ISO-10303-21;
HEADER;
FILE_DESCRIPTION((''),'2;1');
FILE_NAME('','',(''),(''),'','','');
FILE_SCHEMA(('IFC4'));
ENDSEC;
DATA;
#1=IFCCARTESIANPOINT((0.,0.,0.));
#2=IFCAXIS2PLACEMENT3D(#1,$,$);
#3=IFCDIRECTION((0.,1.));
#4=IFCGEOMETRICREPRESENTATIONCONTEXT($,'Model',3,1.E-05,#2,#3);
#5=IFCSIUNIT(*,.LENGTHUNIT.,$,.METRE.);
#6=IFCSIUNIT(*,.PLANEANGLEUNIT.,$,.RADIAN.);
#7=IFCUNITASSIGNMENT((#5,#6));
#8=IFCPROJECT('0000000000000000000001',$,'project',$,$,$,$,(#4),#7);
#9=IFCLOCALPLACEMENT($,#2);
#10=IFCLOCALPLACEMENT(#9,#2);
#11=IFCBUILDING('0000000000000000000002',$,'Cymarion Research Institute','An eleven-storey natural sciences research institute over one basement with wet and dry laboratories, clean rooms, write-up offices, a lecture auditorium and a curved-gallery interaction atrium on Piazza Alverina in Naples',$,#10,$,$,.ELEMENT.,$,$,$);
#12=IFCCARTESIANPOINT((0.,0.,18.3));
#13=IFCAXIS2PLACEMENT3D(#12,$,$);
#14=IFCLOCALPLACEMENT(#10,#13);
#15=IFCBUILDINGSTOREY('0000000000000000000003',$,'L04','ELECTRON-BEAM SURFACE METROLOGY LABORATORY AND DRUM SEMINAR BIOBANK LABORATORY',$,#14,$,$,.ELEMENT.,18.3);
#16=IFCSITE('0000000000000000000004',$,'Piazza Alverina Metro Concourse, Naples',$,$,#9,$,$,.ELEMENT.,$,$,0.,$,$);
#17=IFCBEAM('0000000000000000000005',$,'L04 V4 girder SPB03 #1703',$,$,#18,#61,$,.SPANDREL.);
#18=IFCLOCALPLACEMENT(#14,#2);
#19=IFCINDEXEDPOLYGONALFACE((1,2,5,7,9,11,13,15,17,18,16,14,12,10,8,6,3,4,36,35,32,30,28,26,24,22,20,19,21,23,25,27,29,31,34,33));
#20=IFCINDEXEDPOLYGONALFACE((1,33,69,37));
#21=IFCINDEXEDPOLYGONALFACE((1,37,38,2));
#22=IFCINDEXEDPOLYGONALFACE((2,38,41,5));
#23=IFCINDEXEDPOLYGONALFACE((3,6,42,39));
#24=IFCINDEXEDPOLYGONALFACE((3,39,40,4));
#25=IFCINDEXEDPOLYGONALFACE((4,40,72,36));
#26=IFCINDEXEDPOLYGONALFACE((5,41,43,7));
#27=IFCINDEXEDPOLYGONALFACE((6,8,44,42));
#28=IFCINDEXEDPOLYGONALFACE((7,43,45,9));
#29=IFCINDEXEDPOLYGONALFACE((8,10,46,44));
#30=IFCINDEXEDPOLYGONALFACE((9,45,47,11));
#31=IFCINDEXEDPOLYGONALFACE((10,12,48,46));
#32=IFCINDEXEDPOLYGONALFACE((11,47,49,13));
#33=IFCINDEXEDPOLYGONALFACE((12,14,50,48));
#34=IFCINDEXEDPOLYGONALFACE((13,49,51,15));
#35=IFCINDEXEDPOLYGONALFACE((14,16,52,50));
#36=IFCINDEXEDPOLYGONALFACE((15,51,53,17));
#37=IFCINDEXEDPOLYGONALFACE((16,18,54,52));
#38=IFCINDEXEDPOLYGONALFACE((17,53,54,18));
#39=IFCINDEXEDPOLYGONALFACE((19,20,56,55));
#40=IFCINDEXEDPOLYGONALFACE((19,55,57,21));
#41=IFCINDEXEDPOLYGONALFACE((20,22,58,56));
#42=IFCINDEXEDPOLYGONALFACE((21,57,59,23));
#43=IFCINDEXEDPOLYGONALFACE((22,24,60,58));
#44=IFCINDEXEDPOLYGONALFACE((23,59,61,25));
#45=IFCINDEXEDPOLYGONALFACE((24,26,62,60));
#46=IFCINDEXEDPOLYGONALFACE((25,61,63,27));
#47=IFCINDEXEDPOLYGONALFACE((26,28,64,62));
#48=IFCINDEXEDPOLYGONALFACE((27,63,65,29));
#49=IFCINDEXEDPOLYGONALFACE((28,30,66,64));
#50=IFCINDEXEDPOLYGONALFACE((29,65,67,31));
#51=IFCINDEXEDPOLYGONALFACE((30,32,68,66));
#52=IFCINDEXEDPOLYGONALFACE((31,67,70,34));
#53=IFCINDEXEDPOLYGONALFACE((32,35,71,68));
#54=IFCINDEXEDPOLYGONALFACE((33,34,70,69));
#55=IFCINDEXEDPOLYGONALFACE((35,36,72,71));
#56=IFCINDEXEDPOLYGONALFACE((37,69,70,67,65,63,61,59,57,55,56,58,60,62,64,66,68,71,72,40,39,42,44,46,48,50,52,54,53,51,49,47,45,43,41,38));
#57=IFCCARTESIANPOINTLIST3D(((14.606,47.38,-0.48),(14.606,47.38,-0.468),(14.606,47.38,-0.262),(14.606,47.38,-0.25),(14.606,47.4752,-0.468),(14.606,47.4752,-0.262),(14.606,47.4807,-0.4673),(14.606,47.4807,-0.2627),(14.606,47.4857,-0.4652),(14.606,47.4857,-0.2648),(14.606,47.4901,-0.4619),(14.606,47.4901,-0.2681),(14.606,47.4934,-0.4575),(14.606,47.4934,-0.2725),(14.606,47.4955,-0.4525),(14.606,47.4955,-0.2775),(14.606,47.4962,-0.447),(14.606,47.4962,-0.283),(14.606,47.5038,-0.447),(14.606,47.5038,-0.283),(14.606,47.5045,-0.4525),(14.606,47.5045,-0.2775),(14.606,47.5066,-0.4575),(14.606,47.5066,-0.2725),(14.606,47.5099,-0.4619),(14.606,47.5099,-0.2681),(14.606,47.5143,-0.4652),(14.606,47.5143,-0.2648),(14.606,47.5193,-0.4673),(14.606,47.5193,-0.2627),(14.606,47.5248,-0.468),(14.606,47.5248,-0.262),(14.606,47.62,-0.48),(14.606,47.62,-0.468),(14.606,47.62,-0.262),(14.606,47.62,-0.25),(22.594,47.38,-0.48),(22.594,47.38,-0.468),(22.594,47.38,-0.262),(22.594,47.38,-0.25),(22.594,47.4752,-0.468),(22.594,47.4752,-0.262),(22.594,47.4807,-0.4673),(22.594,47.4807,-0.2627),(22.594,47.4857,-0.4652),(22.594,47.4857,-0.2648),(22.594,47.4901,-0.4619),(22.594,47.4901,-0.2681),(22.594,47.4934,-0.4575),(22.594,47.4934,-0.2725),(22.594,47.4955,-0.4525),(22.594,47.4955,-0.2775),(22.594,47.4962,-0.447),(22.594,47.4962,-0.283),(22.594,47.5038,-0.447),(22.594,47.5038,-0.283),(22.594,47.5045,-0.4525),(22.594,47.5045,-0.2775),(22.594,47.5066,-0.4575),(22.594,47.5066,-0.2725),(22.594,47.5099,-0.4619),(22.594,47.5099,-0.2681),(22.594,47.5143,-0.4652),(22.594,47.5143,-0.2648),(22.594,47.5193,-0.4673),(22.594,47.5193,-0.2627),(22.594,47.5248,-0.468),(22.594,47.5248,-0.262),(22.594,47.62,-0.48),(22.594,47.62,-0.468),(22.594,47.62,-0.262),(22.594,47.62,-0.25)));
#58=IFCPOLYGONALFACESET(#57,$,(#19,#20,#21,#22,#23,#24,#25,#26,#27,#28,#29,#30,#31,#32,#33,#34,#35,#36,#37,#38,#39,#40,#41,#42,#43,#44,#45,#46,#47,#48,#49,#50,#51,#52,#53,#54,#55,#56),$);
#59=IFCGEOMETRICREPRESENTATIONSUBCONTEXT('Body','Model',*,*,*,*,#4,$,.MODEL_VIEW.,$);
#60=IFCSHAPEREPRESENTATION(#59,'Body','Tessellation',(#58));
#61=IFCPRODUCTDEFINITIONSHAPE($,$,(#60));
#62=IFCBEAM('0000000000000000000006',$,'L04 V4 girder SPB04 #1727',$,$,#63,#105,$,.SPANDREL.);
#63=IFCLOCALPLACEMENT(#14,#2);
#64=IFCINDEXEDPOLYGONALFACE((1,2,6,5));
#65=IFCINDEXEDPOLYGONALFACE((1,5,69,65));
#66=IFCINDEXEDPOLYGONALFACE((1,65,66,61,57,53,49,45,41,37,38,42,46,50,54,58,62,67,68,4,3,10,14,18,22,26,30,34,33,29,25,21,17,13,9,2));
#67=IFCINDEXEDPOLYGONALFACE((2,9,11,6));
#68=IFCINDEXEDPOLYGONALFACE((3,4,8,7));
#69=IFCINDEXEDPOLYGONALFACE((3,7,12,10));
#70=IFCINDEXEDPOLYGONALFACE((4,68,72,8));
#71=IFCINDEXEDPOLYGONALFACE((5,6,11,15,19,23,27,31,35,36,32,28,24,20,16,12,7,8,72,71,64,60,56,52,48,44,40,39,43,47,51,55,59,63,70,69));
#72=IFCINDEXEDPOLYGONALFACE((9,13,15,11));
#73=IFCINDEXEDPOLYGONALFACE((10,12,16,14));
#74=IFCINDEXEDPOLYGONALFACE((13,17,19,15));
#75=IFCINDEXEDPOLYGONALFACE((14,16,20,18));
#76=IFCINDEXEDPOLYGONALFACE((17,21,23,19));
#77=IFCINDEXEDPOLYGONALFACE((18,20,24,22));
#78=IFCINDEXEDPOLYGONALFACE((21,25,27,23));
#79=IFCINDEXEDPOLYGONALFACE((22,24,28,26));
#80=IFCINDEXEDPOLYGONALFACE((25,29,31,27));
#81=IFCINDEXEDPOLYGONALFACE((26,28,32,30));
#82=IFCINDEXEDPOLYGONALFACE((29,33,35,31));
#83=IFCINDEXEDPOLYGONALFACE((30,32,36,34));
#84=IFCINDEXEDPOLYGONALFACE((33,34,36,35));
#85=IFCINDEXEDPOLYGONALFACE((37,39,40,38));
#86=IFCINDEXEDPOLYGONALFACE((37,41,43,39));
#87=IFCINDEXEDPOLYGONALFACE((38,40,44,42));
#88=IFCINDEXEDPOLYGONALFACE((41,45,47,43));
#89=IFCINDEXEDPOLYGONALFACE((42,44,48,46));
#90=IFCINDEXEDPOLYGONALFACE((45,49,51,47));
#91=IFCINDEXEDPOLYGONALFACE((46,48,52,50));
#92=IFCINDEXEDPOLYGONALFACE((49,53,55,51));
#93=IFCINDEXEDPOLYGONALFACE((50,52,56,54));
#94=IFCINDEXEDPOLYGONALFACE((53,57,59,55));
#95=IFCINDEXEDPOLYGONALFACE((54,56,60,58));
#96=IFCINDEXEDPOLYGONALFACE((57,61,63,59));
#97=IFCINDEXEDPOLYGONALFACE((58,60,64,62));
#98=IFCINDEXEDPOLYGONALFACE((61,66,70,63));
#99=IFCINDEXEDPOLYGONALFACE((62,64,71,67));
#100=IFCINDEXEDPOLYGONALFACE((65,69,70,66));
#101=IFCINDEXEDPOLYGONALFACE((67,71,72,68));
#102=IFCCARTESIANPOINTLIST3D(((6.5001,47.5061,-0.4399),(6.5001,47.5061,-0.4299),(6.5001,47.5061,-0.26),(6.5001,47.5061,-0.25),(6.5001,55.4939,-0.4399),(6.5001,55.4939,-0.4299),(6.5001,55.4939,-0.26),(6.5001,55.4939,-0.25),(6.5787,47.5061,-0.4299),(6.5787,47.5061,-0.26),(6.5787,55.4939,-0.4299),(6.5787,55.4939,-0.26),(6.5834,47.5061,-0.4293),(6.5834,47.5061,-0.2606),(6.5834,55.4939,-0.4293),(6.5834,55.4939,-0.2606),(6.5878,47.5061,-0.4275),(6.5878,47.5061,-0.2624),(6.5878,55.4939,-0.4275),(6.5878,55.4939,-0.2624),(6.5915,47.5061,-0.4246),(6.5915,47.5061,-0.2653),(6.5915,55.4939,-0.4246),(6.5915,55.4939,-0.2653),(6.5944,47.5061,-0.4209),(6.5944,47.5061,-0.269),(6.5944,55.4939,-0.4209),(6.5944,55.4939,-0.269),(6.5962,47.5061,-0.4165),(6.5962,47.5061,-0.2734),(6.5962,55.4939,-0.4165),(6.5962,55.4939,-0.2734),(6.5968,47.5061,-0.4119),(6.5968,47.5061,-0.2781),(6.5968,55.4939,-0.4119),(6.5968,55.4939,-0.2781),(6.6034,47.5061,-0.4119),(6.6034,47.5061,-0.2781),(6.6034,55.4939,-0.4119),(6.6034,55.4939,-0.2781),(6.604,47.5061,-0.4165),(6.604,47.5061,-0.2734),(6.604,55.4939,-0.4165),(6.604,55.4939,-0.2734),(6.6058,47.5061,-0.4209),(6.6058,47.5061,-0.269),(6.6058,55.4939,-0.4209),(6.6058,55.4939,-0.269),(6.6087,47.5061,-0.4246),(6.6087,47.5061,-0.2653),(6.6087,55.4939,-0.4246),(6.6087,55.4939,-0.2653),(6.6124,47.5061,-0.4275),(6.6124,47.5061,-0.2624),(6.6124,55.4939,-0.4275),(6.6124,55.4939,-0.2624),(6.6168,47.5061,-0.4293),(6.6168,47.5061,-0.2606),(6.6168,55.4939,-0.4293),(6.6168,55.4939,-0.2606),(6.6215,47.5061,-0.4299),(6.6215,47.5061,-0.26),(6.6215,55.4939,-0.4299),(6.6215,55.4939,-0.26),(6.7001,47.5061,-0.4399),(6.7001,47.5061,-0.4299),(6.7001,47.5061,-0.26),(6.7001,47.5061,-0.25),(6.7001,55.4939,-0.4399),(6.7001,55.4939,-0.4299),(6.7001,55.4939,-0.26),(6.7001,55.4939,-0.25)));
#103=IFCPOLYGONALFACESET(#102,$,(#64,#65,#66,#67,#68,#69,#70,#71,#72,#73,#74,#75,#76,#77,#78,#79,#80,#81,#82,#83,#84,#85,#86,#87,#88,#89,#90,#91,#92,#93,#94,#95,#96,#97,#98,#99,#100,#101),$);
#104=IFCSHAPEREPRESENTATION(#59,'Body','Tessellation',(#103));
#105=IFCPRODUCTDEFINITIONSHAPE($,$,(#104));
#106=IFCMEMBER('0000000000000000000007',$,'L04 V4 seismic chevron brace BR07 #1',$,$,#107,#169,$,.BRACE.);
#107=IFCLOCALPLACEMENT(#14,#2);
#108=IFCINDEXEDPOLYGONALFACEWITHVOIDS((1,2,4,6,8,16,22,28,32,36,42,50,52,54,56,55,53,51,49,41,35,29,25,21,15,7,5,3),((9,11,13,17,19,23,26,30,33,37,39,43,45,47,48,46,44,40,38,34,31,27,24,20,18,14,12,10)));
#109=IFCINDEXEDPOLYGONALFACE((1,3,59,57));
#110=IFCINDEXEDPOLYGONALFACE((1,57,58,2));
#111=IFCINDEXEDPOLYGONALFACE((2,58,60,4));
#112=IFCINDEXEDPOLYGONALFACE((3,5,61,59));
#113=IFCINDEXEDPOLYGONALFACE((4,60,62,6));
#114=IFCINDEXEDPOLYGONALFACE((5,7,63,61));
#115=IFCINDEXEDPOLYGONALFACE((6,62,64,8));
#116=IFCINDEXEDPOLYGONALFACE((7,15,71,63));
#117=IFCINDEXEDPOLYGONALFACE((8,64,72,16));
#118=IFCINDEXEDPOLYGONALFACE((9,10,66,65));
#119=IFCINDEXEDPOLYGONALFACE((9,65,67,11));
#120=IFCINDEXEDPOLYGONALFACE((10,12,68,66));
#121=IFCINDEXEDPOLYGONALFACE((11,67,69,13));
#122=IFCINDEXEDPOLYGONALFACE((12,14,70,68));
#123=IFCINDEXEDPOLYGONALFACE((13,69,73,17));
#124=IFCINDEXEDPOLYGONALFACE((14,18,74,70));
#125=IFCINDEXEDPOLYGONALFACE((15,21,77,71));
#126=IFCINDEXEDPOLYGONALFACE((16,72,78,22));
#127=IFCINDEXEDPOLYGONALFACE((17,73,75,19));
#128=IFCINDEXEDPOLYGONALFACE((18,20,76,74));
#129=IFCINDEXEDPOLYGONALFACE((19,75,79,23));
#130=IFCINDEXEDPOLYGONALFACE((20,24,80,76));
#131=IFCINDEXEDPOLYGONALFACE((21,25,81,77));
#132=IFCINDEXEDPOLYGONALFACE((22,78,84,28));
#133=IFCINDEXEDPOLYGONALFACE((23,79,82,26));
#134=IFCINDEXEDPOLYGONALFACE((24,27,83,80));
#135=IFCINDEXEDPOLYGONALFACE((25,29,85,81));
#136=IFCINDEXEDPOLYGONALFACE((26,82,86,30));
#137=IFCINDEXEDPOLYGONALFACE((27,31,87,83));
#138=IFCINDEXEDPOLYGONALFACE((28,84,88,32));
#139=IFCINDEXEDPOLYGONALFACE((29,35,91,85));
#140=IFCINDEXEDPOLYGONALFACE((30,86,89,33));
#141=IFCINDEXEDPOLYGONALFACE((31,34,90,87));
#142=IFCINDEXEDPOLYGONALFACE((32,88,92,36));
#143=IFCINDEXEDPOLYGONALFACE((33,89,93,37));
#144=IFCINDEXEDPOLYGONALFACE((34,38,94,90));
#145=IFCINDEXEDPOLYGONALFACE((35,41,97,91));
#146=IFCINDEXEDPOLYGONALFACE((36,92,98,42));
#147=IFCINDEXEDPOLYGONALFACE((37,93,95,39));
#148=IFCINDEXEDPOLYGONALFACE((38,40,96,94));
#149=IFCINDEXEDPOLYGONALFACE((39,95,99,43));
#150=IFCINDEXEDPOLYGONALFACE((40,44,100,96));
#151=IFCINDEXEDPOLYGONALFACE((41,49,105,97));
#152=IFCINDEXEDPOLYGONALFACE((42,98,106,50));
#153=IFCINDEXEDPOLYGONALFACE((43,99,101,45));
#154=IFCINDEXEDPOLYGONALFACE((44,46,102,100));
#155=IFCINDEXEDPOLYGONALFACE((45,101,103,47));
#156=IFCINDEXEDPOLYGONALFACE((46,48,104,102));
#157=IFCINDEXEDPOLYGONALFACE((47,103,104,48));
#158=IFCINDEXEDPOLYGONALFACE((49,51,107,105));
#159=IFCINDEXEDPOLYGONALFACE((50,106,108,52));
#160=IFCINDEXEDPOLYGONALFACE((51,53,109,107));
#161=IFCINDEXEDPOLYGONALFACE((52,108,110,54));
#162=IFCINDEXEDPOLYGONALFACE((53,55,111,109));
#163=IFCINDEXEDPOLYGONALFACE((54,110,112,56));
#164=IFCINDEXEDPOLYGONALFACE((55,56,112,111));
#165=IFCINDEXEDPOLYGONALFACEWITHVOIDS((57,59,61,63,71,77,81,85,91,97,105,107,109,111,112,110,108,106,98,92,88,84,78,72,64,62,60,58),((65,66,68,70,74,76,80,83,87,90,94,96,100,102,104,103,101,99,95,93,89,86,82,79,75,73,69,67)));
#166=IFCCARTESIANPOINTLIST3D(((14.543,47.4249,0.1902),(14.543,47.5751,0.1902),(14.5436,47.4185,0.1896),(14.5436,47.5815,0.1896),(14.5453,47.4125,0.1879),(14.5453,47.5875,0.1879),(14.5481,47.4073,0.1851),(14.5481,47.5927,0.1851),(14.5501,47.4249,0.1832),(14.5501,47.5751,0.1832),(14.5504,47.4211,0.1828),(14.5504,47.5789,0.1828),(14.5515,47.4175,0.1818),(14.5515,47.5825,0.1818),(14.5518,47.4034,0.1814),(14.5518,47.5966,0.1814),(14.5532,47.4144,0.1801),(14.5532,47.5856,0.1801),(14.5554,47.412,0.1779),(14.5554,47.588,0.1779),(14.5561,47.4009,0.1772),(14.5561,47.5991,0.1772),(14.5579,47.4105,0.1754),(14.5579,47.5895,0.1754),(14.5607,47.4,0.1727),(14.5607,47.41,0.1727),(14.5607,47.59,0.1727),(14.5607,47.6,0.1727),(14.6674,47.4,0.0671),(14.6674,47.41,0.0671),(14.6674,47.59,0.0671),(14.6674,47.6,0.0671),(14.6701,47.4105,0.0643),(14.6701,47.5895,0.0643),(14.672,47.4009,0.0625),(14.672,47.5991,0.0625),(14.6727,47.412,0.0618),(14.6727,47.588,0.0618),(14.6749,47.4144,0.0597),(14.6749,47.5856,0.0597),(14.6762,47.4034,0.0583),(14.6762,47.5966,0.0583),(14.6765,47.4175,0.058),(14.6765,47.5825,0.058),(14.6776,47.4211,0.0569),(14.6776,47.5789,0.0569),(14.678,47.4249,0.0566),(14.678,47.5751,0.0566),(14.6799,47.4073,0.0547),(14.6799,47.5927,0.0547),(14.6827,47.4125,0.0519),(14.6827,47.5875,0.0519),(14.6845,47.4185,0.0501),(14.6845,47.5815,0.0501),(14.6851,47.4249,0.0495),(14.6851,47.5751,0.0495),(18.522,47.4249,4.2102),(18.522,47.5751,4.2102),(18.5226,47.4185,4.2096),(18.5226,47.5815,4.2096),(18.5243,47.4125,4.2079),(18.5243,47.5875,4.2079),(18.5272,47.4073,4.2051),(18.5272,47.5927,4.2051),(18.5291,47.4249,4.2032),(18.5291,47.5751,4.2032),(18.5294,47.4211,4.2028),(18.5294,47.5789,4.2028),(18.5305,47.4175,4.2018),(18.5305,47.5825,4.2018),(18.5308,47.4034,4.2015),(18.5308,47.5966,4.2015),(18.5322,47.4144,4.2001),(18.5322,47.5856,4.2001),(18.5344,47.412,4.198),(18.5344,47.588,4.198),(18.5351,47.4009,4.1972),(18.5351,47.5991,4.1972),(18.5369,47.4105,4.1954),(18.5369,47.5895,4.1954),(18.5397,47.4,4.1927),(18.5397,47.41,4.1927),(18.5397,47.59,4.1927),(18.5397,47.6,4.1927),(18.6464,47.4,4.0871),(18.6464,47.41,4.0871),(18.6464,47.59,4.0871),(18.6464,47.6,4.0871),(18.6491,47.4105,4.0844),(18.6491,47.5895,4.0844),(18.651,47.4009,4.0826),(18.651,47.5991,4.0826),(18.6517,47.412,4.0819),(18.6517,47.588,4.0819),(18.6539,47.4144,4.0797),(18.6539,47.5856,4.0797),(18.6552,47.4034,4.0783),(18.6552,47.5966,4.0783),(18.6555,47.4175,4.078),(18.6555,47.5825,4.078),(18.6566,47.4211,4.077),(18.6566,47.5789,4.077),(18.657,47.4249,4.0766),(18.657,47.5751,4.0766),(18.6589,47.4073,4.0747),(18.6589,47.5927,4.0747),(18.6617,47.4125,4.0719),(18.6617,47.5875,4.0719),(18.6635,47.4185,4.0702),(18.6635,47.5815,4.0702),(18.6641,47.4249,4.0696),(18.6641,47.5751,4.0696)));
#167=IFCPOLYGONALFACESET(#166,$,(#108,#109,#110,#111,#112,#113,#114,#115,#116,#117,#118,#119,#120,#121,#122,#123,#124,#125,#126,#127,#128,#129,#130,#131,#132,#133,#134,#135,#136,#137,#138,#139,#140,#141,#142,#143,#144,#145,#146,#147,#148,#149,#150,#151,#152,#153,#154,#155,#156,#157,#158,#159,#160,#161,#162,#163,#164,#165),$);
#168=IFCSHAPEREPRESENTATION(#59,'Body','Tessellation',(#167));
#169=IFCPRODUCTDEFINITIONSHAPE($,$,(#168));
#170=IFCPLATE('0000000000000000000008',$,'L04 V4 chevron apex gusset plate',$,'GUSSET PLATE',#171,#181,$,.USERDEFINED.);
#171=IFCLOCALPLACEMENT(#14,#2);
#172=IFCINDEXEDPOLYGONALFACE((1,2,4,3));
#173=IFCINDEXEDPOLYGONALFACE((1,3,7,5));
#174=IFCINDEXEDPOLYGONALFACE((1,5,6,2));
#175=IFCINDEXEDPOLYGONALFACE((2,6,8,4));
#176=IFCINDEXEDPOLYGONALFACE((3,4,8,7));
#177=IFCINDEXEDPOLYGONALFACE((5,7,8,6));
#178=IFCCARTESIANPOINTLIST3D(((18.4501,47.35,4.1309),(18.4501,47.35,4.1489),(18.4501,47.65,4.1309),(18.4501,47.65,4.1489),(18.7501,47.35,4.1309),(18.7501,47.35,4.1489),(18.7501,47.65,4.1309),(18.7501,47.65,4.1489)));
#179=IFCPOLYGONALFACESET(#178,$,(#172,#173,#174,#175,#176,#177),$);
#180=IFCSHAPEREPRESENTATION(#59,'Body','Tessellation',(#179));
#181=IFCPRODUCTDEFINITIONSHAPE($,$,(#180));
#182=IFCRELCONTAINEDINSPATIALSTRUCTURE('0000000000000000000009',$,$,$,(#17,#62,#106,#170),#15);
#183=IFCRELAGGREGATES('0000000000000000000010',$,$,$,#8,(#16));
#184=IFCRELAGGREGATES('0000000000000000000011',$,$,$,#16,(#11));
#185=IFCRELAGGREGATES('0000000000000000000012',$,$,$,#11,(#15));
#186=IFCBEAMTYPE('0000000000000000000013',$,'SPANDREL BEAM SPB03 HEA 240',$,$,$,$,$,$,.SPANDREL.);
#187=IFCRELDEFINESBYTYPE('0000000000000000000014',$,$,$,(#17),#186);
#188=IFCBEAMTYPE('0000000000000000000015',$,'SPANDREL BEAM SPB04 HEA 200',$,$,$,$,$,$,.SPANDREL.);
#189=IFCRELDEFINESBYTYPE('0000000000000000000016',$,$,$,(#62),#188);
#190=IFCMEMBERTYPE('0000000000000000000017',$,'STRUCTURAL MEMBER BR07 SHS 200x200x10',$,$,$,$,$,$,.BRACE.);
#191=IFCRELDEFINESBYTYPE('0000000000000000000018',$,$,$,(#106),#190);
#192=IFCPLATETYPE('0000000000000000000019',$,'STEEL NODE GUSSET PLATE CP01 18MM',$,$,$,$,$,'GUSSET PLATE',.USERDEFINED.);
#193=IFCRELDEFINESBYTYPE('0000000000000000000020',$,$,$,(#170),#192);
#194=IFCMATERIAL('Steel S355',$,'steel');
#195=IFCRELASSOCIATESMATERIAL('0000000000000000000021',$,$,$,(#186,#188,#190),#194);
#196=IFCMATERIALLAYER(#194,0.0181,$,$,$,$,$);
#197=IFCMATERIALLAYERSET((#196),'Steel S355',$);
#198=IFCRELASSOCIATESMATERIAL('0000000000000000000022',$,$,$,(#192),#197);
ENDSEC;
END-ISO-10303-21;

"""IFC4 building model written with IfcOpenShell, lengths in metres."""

from ifc_helpers import new_model, si_unit, direction, frame, origin, origin_2d, place, context, subcontext, project, spatial, rectangle, hollow_rectangle, i_section, extrude, material, layer, layer_set, material_profile, profile_set, type_object, element, save


model = new_model("IFC4")

# Units and contexts
model_context = context("Model", 3, precision=1e-05, world=origin(), true_north=direction((0.0, 1.0)))
body_context = subcontext(model_context, "Body", "Model", "MODEL_VIEW")
ifc_project = project(units=[si_unit("LENGTHUNIT", "METRE"), si_unit("PLANEANGLEUNIT", "RADIAN")], contexts=[model_context])

# Site, building, storey
site_placement = place(None, origin())
site = spatial("IfcSite", under=ifc_project, at=site_placement, Name="Piazza Alverina Metro Concourse, Naples", CompositionType="ELEMENT", RefElevation=0.0)
building_placement = place(site_placement, origin())
building = spatial("IfcBuilding", under=site, at=building_placement, Name="Cymarion Research Institute", Description="An eleven-storey natural sciences research institute over one basement with wet and dry laboratories, clean rooms, write-up offices, a lecture auditorium and a curved-gallery interaction atrium on Piazza Alverina in Naples", CompositionType="ELEMENT")
storey_placement = place(building_placement, frame((0.0, 0.0, 18.3)))
storey = spatial("IfcBuildingStorey", under=building, at=storey_placement, Name="L04", Description="ELECTRON-BEAM SURFACE METROLOGY LABORATORY AND DRUM SEMINAR BIOBANK LABORATORY", CompositionType="ELEMENT", Elevation=18.3)

# Shared definitions
ifc_material_1 = material(Name="Steel S355", Category="steel")

# Beams
ifc_material_profile_1 = material_profile(ifc_material_1, i_section(OverallWidth=0.24, OverallDepth=0.23, WebThickness=0.0076, FlangeThickness=0.012, FilletRadius=0.021, at=origin_2d()), Name="HEA 240")
ifc_profile_set_1 = profile_set([ifc_material_profile_1], Name="Steel S355")
beam_type_1 = type_object("IfcBeamType", Name="SPANDREL BEAM SPB03 HEA 240", PredefinedType="SPANDREL", material=ifc_profile_set_1)
for number, where, z_axis, x_axis, name in (
    (1, (14.606, 47.5, -0.365), (1.0, 0.0, 0.0), (0.0, 1.0, 0.0), "L04 V4 girder SPB03 #1703"),
):
    element("IfcBeam", number, at=place(storey_placement, frame(where, z_axis=z_axis, x_axis=x_axis)), inside=storey, type_object=beam_type_1, Name=name, PredefinedType="SPANDREL", context=body_context, shape_type="SweptSolid", body=[
        extrude(i_section(OverallWidth=0.24, OverallDepth=0.23, WebThickness=0.0076, FlangeThickness=0.012, FilletRadius=0.021, at=origin_2d()), origin(), (0.0, 0.0, 1.0), 7.988),
    ])
ifc_material_profile_2 = material_profile(ifc_material_1, i_section(OverallWidth=0.2, OverallDepth=0.1899, WebThickness=0.0066, FlangeThickness=0.01, FilletRadius=0.0181, at=origin_2d()), Name="HEA 200")
ifc_profile_set_2 = profile_set([ifc_material_profile_2], Name="Steel S355")
beam_type_2 = type_object("IfcBeamType", Name="SPANDREL BEAM SPB04 HEA 200", PredefinedType="SPANDREL", material=ifc_profile_set_2)
beam_1_placement = place(storey_placement, frame((6.6001, 47.5061, -0.345), z_axis=(0.0, 1.0, 0.0), x_axis=(-1.0, 0.0, 0.0)))
element("IfcBeam", 2, at=beam_1_placement, inside=storey, type_object=beam_type_2, Name="L04 V4 girder SPB04 #1727", PredefinedType="SPANDREL", context=body_context, shape_type="SweptSolid", body=[
    extrude(i_section(OverallWidth=0.2, OverallDepth=0.1899, WebThickness=0.0066, FlangeThickness=0.01, FilletRadius=0.0181, at=origin_2d()), origin(), (0.0, 0.0, 1.0), 7.9878),
])

# Member
ifc_material_profile_3 = material_profile(ifc_material_1, hollow_rectangle(XDim=0.2, YDim=0.2, WallThickness=0.01, InnerFilletRadius=0.0149, OuterFilletRadius=0.0249, at=origin_2d()), Name="SHS 200x200x10")
ifc_profile_set_3 = profile_set([ifc_material_profile_3], Name="Steel S355")
member_type = type_object("IfcMemberType", Name="STRUCTURAL MEMBER BR07 SHS 200x200x10", PredefinedType="BRACE", material=ifc_profile_set_3)
member_placement = place(storey_placement, frame((14.614, 47.5, 0.1199), z_axis=(0.703472, 0.0, 0.710723), x_axis=(0.0, 1.0, 0.0)))
element("IfcMember", 3, at=member_placement, inside=storey, type_object=member_type, Name="L04 V4 seismic chevron brace BR07 #1", PredefinedType="BRACE", context=body_context, shape_type="SweptSolid", body=[
    extrude(hollow_rectangle(XDim=0.2, YDim=0.2, WallThickness=0.01, InnerFilletRadius=0.0149, OuterFilletRadius=0.0249, at=origin_2d()), origin(), (0.0, 0.0, 1.0), 5.6562),
])

# Plate
ifc_layer_1 = layer(ifc_material_1, 0.0181)
ifc_layer_set_1 = layer_set([ifc_layer_1], Name="Steel S355")
plate_type_1 = type_object("IfcPlateType", Name="STEEL NODE GUSSET PLATE CP01 18MM", ElementType="GUSSET PLATE", PredefinedType="USERDEFINED", material=ifc_layer_set_1)
plate_1_placement = place(storey_placement, frame((18.6001, 47.5, 4.1309), z_axis=(0.0, 0.0, 1.0), x_axis=(1.0, 0.0, 0.0)))
element("IfcPlate", 4, at=plate_1_placement, inside=storey, type_object=plate_type_1, Name="L04 V4 chevron apex gusset plate", ObjectType="GUSSET PLATE", PredefinedType="USERDEFINED", context=body_context, shape_type="SweptSolid", body=[
    extrude(rectangle(XDim=0.3, YDim=0.3, at=origin_2d()), origin(), (0.0, 0.0, 1.0), 0.0181),
])

save(model, "model.ifc")
